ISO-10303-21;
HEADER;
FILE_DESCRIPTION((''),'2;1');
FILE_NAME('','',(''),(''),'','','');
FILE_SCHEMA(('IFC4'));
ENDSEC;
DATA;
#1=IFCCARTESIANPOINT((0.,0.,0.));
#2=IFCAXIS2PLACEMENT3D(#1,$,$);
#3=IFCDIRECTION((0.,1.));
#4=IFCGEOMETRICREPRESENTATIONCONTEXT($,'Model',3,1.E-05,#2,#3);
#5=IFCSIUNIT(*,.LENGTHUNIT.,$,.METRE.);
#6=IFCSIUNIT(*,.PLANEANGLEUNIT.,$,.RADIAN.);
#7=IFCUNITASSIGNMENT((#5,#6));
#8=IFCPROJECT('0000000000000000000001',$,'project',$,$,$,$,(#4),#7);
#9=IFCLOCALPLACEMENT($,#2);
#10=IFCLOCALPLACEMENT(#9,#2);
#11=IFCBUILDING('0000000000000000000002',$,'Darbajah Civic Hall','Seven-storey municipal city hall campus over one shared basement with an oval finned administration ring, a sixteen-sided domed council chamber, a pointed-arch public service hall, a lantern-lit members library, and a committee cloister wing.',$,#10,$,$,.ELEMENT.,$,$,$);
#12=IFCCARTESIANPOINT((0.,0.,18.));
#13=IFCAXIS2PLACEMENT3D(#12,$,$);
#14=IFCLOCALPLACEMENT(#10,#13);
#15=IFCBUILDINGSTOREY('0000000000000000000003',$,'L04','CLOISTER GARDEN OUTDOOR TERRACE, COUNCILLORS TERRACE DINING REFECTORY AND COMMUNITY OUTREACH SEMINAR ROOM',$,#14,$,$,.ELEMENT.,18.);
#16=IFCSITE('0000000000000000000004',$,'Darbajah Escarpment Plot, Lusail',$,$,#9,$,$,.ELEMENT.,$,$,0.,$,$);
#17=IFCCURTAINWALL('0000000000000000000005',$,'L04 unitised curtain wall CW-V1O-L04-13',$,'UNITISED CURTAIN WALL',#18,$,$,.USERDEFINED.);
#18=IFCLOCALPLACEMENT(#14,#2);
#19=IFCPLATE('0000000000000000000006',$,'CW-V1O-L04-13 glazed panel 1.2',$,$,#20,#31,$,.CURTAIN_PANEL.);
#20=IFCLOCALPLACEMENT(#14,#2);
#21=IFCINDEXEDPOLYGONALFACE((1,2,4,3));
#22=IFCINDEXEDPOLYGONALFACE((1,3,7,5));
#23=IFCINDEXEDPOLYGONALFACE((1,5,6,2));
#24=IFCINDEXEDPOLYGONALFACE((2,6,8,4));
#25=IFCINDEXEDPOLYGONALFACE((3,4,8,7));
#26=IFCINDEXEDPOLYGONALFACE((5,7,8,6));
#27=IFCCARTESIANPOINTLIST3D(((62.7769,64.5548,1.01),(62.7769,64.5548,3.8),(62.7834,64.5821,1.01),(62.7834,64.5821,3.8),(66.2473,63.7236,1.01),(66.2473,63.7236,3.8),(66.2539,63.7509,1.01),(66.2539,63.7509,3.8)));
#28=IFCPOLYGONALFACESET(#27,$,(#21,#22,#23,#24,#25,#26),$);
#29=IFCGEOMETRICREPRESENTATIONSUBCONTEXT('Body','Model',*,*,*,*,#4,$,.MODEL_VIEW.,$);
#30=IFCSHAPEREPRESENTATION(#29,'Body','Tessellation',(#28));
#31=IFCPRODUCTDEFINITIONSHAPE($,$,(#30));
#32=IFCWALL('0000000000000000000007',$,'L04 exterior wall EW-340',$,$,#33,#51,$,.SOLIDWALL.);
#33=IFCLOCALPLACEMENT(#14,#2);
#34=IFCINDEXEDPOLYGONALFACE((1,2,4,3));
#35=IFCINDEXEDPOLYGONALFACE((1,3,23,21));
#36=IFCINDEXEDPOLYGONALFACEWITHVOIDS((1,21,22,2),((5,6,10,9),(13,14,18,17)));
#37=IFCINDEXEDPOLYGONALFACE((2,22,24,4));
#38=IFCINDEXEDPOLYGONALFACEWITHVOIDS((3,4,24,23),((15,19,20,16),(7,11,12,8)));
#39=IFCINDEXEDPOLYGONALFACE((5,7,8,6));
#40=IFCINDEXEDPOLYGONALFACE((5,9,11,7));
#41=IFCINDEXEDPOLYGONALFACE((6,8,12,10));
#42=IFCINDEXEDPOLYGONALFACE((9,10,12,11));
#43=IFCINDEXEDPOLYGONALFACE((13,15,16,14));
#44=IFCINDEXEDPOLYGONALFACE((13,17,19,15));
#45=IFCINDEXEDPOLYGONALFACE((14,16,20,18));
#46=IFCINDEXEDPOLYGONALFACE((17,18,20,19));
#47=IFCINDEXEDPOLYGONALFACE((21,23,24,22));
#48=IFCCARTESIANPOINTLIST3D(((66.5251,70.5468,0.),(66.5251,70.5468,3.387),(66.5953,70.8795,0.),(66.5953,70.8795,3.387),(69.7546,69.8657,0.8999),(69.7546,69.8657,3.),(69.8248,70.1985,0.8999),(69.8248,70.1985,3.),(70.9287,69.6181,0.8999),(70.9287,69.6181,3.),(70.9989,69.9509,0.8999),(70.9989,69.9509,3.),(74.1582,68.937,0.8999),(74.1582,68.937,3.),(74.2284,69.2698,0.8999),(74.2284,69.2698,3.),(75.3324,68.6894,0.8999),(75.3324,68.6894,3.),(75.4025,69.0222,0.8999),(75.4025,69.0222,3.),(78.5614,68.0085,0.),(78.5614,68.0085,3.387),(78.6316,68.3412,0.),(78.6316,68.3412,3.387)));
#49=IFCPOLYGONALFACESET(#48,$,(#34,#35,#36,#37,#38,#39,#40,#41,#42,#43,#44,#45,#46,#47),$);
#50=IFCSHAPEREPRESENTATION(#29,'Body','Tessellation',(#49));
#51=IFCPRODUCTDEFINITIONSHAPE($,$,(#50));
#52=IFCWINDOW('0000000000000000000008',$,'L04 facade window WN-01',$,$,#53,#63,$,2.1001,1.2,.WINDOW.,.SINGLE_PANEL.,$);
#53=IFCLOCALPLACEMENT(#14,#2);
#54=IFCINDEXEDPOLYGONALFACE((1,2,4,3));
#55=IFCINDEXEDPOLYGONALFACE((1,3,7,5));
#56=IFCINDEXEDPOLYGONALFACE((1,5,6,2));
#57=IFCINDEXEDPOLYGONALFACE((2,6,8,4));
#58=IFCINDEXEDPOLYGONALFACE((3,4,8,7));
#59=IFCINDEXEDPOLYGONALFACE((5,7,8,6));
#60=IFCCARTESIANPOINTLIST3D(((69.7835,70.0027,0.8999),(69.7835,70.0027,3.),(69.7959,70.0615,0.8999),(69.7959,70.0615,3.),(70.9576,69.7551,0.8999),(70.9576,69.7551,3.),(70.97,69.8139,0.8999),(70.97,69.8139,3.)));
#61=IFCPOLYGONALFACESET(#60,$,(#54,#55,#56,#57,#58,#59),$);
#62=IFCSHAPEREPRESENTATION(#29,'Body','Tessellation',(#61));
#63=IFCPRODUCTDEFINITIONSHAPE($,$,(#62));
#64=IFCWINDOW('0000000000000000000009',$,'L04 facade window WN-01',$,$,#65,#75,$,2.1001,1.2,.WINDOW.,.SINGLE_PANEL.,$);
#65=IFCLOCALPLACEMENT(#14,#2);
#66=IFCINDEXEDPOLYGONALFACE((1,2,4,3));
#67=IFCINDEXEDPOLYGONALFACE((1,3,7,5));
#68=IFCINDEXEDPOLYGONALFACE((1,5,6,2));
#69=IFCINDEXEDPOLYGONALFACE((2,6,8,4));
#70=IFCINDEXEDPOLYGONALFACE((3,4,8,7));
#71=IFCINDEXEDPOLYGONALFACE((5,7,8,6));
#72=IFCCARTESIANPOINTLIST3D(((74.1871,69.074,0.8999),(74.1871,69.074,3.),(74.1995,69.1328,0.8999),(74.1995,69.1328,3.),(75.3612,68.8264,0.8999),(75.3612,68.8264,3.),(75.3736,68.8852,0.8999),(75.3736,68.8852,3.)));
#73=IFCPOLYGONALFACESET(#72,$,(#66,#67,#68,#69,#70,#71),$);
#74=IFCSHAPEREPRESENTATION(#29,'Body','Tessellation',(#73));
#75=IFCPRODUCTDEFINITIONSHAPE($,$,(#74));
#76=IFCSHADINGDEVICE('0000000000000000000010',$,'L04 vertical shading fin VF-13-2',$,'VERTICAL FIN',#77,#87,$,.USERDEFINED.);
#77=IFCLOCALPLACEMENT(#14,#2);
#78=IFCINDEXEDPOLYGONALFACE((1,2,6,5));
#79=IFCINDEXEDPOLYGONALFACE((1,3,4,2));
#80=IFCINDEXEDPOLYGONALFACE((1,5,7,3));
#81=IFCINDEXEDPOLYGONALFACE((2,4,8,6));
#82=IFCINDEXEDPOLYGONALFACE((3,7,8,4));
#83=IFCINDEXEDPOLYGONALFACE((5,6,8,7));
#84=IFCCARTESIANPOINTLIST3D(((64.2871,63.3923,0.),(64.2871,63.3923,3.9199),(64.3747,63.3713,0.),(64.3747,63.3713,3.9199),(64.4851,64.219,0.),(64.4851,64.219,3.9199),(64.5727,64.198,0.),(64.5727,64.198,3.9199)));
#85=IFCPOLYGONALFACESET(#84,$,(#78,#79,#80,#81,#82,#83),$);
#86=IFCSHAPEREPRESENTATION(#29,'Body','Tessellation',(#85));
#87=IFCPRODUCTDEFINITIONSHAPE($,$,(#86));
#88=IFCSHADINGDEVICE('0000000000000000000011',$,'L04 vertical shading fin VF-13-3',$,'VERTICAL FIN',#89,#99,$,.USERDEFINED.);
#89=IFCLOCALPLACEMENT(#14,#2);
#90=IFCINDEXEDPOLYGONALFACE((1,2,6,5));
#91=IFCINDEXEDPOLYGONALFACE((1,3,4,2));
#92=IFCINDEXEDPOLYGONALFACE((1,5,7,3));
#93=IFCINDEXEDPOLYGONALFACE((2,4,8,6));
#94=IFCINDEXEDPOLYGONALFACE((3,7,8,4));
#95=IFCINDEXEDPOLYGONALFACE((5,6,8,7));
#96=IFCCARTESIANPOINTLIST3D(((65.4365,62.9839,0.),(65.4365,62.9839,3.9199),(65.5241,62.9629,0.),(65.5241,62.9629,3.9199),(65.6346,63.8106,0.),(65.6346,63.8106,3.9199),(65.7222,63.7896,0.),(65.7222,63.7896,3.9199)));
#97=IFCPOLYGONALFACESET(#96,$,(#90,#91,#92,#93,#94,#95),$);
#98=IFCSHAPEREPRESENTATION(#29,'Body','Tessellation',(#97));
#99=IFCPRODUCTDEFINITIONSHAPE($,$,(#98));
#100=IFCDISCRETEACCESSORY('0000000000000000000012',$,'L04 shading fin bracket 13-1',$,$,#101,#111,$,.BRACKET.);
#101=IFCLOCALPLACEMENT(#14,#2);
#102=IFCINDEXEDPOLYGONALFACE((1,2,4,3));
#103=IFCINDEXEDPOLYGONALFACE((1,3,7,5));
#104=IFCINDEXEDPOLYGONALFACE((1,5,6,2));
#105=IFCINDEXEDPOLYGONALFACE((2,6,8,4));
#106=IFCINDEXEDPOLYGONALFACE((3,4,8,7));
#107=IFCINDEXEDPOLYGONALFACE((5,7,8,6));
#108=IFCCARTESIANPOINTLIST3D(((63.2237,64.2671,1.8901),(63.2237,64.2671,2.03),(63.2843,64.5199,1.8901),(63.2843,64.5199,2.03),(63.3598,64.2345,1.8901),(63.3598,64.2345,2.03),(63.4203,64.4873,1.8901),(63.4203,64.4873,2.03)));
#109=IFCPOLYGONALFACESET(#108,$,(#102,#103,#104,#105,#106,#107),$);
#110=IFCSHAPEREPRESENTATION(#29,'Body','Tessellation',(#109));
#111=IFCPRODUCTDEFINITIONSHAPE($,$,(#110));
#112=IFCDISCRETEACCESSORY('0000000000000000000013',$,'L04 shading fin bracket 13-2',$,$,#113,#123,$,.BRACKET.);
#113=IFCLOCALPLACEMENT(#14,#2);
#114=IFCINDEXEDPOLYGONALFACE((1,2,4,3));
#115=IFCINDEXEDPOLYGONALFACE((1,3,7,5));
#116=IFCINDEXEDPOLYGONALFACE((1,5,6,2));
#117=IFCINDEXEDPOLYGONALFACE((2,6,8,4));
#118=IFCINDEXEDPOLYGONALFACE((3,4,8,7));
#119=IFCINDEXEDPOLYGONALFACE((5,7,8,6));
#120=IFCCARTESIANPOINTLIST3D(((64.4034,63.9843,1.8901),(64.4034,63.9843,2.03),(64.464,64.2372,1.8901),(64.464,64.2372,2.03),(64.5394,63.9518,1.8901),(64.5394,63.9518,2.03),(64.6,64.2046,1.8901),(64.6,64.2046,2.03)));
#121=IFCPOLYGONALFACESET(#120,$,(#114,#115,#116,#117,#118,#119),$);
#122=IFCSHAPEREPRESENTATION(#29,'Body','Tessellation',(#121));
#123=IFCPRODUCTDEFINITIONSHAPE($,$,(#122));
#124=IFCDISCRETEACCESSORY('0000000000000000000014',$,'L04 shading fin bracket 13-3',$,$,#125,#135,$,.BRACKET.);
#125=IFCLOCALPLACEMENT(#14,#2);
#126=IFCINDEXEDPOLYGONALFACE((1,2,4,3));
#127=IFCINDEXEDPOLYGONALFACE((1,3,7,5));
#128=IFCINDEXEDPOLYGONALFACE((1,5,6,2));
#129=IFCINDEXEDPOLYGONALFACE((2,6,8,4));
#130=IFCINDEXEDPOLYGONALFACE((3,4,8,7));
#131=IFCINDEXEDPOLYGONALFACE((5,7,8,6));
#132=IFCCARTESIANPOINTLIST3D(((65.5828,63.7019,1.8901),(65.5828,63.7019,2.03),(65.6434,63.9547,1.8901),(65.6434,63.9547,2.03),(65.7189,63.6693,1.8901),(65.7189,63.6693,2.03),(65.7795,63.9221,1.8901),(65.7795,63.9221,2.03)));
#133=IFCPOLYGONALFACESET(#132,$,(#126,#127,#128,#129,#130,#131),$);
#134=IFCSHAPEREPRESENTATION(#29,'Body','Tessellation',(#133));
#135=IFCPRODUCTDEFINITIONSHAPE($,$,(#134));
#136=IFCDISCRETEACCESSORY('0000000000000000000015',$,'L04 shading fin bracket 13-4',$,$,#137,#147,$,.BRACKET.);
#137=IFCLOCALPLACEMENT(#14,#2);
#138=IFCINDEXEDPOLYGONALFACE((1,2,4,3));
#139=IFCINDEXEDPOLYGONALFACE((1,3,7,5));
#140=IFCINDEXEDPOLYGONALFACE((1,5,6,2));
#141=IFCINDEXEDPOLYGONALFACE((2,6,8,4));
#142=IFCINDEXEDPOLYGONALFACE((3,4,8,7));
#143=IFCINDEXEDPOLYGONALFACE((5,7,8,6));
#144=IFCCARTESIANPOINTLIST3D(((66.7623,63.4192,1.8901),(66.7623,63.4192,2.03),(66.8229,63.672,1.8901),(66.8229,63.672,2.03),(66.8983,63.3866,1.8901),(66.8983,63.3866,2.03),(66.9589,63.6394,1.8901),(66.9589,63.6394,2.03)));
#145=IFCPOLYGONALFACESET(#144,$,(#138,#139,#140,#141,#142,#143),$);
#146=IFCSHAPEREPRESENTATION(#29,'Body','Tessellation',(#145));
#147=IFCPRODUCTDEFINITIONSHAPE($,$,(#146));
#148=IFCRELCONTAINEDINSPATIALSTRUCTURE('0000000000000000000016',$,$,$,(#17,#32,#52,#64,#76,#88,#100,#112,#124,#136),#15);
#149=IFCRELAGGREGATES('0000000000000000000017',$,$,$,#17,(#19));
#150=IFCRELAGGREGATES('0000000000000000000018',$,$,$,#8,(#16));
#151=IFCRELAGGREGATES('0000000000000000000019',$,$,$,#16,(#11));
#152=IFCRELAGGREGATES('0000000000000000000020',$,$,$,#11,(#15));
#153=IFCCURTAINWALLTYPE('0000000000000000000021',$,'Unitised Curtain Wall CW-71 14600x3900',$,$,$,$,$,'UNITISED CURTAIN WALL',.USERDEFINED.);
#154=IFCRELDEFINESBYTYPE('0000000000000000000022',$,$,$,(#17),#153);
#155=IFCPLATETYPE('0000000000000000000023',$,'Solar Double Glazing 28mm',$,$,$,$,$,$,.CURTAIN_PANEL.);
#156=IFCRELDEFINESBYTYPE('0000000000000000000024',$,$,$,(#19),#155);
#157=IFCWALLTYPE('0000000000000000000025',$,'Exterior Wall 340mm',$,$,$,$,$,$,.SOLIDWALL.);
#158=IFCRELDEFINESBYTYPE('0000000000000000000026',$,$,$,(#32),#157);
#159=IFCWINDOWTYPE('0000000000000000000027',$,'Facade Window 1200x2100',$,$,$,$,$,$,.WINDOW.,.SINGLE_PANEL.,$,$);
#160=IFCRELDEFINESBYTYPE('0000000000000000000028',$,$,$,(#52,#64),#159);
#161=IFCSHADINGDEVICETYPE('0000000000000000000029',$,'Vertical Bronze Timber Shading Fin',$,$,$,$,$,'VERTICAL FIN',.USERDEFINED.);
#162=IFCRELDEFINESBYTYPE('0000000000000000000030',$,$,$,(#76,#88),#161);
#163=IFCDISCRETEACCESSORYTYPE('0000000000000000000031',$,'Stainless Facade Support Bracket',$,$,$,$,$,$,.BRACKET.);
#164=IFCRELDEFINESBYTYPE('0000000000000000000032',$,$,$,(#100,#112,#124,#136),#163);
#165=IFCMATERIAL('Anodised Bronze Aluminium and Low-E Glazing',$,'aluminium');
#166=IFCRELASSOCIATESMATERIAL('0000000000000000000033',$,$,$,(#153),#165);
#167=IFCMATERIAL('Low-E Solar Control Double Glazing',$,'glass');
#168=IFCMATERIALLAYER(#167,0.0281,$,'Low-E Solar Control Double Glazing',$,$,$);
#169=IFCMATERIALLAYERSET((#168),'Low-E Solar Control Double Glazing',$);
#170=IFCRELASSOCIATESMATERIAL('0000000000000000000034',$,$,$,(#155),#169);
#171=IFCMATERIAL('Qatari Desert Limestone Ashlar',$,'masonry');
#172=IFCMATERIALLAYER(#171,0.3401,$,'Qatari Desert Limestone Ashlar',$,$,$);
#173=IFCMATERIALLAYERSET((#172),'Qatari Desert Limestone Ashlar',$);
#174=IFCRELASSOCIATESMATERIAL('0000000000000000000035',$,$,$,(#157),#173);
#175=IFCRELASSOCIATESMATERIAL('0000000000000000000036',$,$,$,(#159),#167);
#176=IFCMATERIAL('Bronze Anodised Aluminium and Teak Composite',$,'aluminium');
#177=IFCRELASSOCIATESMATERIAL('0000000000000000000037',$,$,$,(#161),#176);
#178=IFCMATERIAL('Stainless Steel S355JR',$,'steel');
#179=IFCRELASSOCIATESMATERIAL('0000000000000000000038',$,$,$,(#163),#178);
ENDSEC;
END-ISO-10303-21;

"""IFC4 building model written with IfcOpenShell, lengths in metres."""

from ifc_helpers import new_model, si_unit, direction, frame, frame_2d, origin, origin_2d, place, context, subcontext, project, spatial, rectangle, extrude, material, layer, layer_set, type_object, element, fill, aggregate, save


model = new_model("IFC4")

# Units and contexts
model_context = context("Model", 3, precision=1e-05, world=origin(), true_north=direction((0.0, 1.0)))
body_context = subcontext(model_context, "Body", "Model", "MODEL_VIEW")
ifc_project = project(units=[si_unit("LENGTHUNIT", "METRE"), si_unit("PLANEANGLEUNIT", "RADIAN")], contexts=[model_context])

# Site, building, storey
site_placement = place(None, origin())
site = spatial("IfcSite", under=ifc_project, at=site_placement, Name="Darbajah Escarpment Plot, Lusail", CompositionType="ELEMENT", RefElevation=0.0)
building_placement = place(site_placement, origin())
building = spatial("IfcBuilding", under=site, at=building_placement, Name="Darbajah Civic Hall", Description="Seven-storey municipal city hall campus over one shared basement with an oval finned administration ring, a sixteen-sided domed council chamber, a pointed-arch public service hall, a lantern-lit members library, and a committee cloister wing.", CompositionType="ELEMENT")
storey_placement = place(building_placement, frame((0.0, 0.0, 18.0)))
storey = spatial("IfcBuildingStorey", under=building, at=storey_placement, Name="L04", Description="CLOISTER GARDEN OUTDOOR TERRACE, COUNCILLORS TERRACE DINING REFECTORY AND COMMUNITY OUTREACH SEMINAR ROOM", CompositionType="ELEMENT", Elevation=18.0)

# Shared definitions
ifc_material_1 = material(Name="Anodised Bronze Aluminium and Low-E Glazing", Category="aluminium")

# Curtain wall
curtain_wall_type_1 = type_object("IfcCurtainWallType", Name="Unitised Curtain Wall CW-71 14600x3900", ElementType="UNITISED CURTAIN WALL", PredefinedType="USERDEFINED", material=ifc_material_1)
curtain_wall_1_placement = place(storey_placement, origin())
curtain_wall_1 = element("IfcCurtainWall", 1, at=curtain_wall_1_placement, inside=storey, type_object=curtain_wall_type_1, Name="L04 unitised curtain wall CW-V1O-L04-13", ObjectType="UNITISED CURTAIN WALL", PredefinedType="USERDEFINED")

# Plate
ifc_material_2 = material(Name="Low-E Solar Control Double Glazing", Category="glass")
ifc_layer_1 = layer(ifc_material_2, 0.0281, Name="Low-E Solar Control Double Glazing")
ifc_layer_set_1 = layer_set([ifc_layer_1], Name="Low-E Solar Control Double Glazing")
plate_type = type_object("IfcPlateType", Name="Solar Double Glazing 28mm", PredefinedType="CURTAIN_PANEL", material=ifc_layer_set_1)
plate_1_placement = place(storey_placement, frame((64.5154, 64.1528, 1.01), z_axis=(0.0, 0.0, 1.0), x_axis=(0.972492, -0.232936, 0.0)))
plate_1 = element("IfcPlate", 2, at=plate_1_placement, type_object=plate_type, Name="CW-V1O-L04-13 glazed panel 1.2", PredefinedType="CURTAIN_PANEL", context=body_context, shape_type="SweptSolid", body=[
    extrude(rectangle(XDim=3.5686, YDim=0.0281, at=origin_2d()), origin(), (0.0, 0.0, 1.0), 2.79),
])
aggregate(curtain_wall_1, [plate_1])

# Wall, openings, windows
ifc_material_3 = material(Name="Qatari Desert Limestone Ashlar", Category="masonry")
ifc_layer_2 = layer(ifc_material_3, 0.3401, Name="Qatari Desert Limestone Ashlar")
ifc_layer_set_2 = layer_set([ifc_layer_2], Name="Qatari Desert Limestone Ashlar")
wall_type = type_object("IfcWallType", Name="Exterior Wall 340mm", PredefinedType="SOLIDWALL", material=ifc_layer_set_2)
wall_placement = place(storey_placement, frame((66.5603, 70.7131, 0.0), z_axis=(0.0, 0.0, 1.0), x_axis=(0.978478, -0.20635, 0.0)))
wall = element("IfcWall", 3, at=wall_placement, inside=storey, type_object=wall_type, Name="L04 exterior wall EW-340", PredefinedType="SOLIDWALL", context=body_context, shape_type="SweptSolid", body=[
    extrude(rectangle(XDim=12.301, YDim=0.3401, at=frame_2d((6.1504, 0.0))), origin(), (0.0, 0.0, 1.0), 3.387),
])
opening_1_placement = place(wall_placement, frame((3.3003, 0.0, 0.8999)))
opening_1 = element("IfcOpeningElement", 4, at=opening_1_placement, cuts=wall, PredefinedType="OPENING", context=body_context, shape_type="SweptSolid", body=[
    extrude(rectangle(XDim=1.2, YDim=2.1001, at=frame_2d((0.6001, 1.05))), frame((0.0, 0.1799, 0.0), z_axis=(0.0, -1.0, 0.0), x_axis=(1.0, 0.0, 0.0)), (0.0, 0.0, 1.0), 0.3601),
])
opening_2_placement = place(wall_placement, frame((7.8008, 0.0, 0.8999)))
opening_2 = element("IfcOpeningElement", 5, at=opening_2_placement, cuts=wall, PredefinedType="OPENING", context=body_context, shape_type="SweptSolid", body=[
    extrude(rectangle(XDim=1.2, YDim=2.1001, at=frame_2d((0.6001, 1.05))), frame((0.0, 0.1799, 0.0), z_axis=(0.0, -1.0, 0.0), x_axis=(1.0, 0.0, 0.0)), (0.0, 0.0, 1.0), 0.3601),
])
window_type = type_object("IfcWindowType", Name="Facade Window 1200x2100", PartitioningType="SINGLE_PANEL", PredefinedType="WINDOW", material=ifc_material_2)
window_1_placement = place(opening_1_placement, origin())
window_1 = element("IfcWindow", 6, at=window_1_placement, inside=storey, type_object=window_type, Name="L04 facade window WN-01", OverallHeight=2.1001, OverallWidth=1.2, PartitioningType="SINGLE_PANEL", PredefinedType="WINDOW", context=body_context, shape_type="SweptSolid", body=[
    extrude(rectangle(XDim=1.2, YDim=2.1001, at=frame_2d((0.6001, 1.05))), frame((0.0, 0.03, 0.0), z_axis=(0.0, -1.0, 0.0), x_axis=(1.0, 0.0, 0.0)), (0.0, 0.0, 1.0), 0.0601),
])
fill(opening_1, window_1)
window_2_placement = place(opening_2_placement, origin())
window_2 = element("IfcWindow", 7, at=window_2_placement, inside=storey, type_object=window_type, Name="L04 facade window WN-01", OverallHeight=2.1001, OverallWidth=1.2, PartitioningType="SINGLE_PANEL", PredefinedType="WINDOW", context=body_context, shape_type="SweptSolid", body=[
    extrude(rectangle(XDim=1.2, YDim=2.1001, at=frame_2d((0.6001, 1.05))), frame((0.0, 0.03, 0.0), z_axis=(0.0, -1.0, 0.0), x_axis=(1.0, 0.0, 0.0)), (0.0, 0.0, 1.0), 0.0601),
])
fill(opening_2, window_2)

# Shading devices
ifc_material_4 = material(Name="Bronze Anodised Aluminium and Teak Composite", Category="aluminium")
shading_device_type = type_object("IfcShadingDeviceType", Name="Vertical Bronze Timber Shading Fin", ElementType="VERTICAL FIN", PredefinedType="USERDEFINED", material=ifc_material_4)
for number, where, z_axis, x_axis, name in (
    (8, (64.4299, 63.7952, 0.0), (0.0, 0.0, 1.0), (-0.232936, -0.972492, 0.0), "L04 vertical shading fin VF-13-2"),
    (9, (65.5793, 63.3867, 0.0), (0.0, 0.0, 1.0), (-0.232936, -0.972492, 0.0), "L04 vertical shading fin VF-13-3"),
):
    element("IfcShadingDevice", number, at=place(storey_placement, frame(where, z_axis=z_axis, x_axis=x_axis)), inside=storey, type_object=shading_device_type, Name=name, ObjectType="VERTICAL FIN", PredefinedType="USERDEFINED", context=body_context, shape_type="SweptSolid", body=[
        extrude(rectangle(XDim=0.8501, YDim=0.0901, at=origin_2d()), origin(), (0.0, 0.0, 1.0), 3.9199),
    ])

# Discrete accessories
ifc_material_5 = material(Name="Stainless Steel S355JR", Category="steel")
discrete_accessory_type = type_object("IfcDiscreteAccessoryType", Name="Stainless Facade Support Bracket", PredefinedType="BRACKET", material=ifc_material_5)
for number, where, z_axis, x_axis, name in (
    (10, (63.322, 64.3772, 1.8901), (0.0, 0.0, 1.0), (-0.232936, -0.972492, 0.0), "L04 shading fin bracket 13-1"),
    (11, (64.5017, 64.0945, 1.8901), (0.0, 0.0, 1.0), (-0.232936, -0.972492, 0.0), "L04 shading fin bracket 13-2"),
    (12, (65.6812, 63.812, 1.8901), (0.0, 0.0, 1.0), (-0.232936, -0.972492, 0.0), "L04 shading fin bracket 13-3"),
    (13, (66.8606, 63.5293, 1.8901), (0.0, 0.0, 1.0), (-0.232936, -0.972492, 0.0), "L04 shading fin bracket 13-4"),
):
    element("IfcDiscreteAccessory", number, at=place(storey_placement, frame(where, z_axis=z_axis, x_axis=x_axis)), inside=storey, type_object=discrete_accessory_type, Name=name, PredefinedType="BRACKET", context=body_context, shape_type="SweptSolid", body=[
        extrude(rectangle(XDim=0.26, YDim=0.1399, at=origin_2d()), origin(), (0.0, 0.0, 1.0), 0.1399),
    ])

save(model, "model.ifc")
